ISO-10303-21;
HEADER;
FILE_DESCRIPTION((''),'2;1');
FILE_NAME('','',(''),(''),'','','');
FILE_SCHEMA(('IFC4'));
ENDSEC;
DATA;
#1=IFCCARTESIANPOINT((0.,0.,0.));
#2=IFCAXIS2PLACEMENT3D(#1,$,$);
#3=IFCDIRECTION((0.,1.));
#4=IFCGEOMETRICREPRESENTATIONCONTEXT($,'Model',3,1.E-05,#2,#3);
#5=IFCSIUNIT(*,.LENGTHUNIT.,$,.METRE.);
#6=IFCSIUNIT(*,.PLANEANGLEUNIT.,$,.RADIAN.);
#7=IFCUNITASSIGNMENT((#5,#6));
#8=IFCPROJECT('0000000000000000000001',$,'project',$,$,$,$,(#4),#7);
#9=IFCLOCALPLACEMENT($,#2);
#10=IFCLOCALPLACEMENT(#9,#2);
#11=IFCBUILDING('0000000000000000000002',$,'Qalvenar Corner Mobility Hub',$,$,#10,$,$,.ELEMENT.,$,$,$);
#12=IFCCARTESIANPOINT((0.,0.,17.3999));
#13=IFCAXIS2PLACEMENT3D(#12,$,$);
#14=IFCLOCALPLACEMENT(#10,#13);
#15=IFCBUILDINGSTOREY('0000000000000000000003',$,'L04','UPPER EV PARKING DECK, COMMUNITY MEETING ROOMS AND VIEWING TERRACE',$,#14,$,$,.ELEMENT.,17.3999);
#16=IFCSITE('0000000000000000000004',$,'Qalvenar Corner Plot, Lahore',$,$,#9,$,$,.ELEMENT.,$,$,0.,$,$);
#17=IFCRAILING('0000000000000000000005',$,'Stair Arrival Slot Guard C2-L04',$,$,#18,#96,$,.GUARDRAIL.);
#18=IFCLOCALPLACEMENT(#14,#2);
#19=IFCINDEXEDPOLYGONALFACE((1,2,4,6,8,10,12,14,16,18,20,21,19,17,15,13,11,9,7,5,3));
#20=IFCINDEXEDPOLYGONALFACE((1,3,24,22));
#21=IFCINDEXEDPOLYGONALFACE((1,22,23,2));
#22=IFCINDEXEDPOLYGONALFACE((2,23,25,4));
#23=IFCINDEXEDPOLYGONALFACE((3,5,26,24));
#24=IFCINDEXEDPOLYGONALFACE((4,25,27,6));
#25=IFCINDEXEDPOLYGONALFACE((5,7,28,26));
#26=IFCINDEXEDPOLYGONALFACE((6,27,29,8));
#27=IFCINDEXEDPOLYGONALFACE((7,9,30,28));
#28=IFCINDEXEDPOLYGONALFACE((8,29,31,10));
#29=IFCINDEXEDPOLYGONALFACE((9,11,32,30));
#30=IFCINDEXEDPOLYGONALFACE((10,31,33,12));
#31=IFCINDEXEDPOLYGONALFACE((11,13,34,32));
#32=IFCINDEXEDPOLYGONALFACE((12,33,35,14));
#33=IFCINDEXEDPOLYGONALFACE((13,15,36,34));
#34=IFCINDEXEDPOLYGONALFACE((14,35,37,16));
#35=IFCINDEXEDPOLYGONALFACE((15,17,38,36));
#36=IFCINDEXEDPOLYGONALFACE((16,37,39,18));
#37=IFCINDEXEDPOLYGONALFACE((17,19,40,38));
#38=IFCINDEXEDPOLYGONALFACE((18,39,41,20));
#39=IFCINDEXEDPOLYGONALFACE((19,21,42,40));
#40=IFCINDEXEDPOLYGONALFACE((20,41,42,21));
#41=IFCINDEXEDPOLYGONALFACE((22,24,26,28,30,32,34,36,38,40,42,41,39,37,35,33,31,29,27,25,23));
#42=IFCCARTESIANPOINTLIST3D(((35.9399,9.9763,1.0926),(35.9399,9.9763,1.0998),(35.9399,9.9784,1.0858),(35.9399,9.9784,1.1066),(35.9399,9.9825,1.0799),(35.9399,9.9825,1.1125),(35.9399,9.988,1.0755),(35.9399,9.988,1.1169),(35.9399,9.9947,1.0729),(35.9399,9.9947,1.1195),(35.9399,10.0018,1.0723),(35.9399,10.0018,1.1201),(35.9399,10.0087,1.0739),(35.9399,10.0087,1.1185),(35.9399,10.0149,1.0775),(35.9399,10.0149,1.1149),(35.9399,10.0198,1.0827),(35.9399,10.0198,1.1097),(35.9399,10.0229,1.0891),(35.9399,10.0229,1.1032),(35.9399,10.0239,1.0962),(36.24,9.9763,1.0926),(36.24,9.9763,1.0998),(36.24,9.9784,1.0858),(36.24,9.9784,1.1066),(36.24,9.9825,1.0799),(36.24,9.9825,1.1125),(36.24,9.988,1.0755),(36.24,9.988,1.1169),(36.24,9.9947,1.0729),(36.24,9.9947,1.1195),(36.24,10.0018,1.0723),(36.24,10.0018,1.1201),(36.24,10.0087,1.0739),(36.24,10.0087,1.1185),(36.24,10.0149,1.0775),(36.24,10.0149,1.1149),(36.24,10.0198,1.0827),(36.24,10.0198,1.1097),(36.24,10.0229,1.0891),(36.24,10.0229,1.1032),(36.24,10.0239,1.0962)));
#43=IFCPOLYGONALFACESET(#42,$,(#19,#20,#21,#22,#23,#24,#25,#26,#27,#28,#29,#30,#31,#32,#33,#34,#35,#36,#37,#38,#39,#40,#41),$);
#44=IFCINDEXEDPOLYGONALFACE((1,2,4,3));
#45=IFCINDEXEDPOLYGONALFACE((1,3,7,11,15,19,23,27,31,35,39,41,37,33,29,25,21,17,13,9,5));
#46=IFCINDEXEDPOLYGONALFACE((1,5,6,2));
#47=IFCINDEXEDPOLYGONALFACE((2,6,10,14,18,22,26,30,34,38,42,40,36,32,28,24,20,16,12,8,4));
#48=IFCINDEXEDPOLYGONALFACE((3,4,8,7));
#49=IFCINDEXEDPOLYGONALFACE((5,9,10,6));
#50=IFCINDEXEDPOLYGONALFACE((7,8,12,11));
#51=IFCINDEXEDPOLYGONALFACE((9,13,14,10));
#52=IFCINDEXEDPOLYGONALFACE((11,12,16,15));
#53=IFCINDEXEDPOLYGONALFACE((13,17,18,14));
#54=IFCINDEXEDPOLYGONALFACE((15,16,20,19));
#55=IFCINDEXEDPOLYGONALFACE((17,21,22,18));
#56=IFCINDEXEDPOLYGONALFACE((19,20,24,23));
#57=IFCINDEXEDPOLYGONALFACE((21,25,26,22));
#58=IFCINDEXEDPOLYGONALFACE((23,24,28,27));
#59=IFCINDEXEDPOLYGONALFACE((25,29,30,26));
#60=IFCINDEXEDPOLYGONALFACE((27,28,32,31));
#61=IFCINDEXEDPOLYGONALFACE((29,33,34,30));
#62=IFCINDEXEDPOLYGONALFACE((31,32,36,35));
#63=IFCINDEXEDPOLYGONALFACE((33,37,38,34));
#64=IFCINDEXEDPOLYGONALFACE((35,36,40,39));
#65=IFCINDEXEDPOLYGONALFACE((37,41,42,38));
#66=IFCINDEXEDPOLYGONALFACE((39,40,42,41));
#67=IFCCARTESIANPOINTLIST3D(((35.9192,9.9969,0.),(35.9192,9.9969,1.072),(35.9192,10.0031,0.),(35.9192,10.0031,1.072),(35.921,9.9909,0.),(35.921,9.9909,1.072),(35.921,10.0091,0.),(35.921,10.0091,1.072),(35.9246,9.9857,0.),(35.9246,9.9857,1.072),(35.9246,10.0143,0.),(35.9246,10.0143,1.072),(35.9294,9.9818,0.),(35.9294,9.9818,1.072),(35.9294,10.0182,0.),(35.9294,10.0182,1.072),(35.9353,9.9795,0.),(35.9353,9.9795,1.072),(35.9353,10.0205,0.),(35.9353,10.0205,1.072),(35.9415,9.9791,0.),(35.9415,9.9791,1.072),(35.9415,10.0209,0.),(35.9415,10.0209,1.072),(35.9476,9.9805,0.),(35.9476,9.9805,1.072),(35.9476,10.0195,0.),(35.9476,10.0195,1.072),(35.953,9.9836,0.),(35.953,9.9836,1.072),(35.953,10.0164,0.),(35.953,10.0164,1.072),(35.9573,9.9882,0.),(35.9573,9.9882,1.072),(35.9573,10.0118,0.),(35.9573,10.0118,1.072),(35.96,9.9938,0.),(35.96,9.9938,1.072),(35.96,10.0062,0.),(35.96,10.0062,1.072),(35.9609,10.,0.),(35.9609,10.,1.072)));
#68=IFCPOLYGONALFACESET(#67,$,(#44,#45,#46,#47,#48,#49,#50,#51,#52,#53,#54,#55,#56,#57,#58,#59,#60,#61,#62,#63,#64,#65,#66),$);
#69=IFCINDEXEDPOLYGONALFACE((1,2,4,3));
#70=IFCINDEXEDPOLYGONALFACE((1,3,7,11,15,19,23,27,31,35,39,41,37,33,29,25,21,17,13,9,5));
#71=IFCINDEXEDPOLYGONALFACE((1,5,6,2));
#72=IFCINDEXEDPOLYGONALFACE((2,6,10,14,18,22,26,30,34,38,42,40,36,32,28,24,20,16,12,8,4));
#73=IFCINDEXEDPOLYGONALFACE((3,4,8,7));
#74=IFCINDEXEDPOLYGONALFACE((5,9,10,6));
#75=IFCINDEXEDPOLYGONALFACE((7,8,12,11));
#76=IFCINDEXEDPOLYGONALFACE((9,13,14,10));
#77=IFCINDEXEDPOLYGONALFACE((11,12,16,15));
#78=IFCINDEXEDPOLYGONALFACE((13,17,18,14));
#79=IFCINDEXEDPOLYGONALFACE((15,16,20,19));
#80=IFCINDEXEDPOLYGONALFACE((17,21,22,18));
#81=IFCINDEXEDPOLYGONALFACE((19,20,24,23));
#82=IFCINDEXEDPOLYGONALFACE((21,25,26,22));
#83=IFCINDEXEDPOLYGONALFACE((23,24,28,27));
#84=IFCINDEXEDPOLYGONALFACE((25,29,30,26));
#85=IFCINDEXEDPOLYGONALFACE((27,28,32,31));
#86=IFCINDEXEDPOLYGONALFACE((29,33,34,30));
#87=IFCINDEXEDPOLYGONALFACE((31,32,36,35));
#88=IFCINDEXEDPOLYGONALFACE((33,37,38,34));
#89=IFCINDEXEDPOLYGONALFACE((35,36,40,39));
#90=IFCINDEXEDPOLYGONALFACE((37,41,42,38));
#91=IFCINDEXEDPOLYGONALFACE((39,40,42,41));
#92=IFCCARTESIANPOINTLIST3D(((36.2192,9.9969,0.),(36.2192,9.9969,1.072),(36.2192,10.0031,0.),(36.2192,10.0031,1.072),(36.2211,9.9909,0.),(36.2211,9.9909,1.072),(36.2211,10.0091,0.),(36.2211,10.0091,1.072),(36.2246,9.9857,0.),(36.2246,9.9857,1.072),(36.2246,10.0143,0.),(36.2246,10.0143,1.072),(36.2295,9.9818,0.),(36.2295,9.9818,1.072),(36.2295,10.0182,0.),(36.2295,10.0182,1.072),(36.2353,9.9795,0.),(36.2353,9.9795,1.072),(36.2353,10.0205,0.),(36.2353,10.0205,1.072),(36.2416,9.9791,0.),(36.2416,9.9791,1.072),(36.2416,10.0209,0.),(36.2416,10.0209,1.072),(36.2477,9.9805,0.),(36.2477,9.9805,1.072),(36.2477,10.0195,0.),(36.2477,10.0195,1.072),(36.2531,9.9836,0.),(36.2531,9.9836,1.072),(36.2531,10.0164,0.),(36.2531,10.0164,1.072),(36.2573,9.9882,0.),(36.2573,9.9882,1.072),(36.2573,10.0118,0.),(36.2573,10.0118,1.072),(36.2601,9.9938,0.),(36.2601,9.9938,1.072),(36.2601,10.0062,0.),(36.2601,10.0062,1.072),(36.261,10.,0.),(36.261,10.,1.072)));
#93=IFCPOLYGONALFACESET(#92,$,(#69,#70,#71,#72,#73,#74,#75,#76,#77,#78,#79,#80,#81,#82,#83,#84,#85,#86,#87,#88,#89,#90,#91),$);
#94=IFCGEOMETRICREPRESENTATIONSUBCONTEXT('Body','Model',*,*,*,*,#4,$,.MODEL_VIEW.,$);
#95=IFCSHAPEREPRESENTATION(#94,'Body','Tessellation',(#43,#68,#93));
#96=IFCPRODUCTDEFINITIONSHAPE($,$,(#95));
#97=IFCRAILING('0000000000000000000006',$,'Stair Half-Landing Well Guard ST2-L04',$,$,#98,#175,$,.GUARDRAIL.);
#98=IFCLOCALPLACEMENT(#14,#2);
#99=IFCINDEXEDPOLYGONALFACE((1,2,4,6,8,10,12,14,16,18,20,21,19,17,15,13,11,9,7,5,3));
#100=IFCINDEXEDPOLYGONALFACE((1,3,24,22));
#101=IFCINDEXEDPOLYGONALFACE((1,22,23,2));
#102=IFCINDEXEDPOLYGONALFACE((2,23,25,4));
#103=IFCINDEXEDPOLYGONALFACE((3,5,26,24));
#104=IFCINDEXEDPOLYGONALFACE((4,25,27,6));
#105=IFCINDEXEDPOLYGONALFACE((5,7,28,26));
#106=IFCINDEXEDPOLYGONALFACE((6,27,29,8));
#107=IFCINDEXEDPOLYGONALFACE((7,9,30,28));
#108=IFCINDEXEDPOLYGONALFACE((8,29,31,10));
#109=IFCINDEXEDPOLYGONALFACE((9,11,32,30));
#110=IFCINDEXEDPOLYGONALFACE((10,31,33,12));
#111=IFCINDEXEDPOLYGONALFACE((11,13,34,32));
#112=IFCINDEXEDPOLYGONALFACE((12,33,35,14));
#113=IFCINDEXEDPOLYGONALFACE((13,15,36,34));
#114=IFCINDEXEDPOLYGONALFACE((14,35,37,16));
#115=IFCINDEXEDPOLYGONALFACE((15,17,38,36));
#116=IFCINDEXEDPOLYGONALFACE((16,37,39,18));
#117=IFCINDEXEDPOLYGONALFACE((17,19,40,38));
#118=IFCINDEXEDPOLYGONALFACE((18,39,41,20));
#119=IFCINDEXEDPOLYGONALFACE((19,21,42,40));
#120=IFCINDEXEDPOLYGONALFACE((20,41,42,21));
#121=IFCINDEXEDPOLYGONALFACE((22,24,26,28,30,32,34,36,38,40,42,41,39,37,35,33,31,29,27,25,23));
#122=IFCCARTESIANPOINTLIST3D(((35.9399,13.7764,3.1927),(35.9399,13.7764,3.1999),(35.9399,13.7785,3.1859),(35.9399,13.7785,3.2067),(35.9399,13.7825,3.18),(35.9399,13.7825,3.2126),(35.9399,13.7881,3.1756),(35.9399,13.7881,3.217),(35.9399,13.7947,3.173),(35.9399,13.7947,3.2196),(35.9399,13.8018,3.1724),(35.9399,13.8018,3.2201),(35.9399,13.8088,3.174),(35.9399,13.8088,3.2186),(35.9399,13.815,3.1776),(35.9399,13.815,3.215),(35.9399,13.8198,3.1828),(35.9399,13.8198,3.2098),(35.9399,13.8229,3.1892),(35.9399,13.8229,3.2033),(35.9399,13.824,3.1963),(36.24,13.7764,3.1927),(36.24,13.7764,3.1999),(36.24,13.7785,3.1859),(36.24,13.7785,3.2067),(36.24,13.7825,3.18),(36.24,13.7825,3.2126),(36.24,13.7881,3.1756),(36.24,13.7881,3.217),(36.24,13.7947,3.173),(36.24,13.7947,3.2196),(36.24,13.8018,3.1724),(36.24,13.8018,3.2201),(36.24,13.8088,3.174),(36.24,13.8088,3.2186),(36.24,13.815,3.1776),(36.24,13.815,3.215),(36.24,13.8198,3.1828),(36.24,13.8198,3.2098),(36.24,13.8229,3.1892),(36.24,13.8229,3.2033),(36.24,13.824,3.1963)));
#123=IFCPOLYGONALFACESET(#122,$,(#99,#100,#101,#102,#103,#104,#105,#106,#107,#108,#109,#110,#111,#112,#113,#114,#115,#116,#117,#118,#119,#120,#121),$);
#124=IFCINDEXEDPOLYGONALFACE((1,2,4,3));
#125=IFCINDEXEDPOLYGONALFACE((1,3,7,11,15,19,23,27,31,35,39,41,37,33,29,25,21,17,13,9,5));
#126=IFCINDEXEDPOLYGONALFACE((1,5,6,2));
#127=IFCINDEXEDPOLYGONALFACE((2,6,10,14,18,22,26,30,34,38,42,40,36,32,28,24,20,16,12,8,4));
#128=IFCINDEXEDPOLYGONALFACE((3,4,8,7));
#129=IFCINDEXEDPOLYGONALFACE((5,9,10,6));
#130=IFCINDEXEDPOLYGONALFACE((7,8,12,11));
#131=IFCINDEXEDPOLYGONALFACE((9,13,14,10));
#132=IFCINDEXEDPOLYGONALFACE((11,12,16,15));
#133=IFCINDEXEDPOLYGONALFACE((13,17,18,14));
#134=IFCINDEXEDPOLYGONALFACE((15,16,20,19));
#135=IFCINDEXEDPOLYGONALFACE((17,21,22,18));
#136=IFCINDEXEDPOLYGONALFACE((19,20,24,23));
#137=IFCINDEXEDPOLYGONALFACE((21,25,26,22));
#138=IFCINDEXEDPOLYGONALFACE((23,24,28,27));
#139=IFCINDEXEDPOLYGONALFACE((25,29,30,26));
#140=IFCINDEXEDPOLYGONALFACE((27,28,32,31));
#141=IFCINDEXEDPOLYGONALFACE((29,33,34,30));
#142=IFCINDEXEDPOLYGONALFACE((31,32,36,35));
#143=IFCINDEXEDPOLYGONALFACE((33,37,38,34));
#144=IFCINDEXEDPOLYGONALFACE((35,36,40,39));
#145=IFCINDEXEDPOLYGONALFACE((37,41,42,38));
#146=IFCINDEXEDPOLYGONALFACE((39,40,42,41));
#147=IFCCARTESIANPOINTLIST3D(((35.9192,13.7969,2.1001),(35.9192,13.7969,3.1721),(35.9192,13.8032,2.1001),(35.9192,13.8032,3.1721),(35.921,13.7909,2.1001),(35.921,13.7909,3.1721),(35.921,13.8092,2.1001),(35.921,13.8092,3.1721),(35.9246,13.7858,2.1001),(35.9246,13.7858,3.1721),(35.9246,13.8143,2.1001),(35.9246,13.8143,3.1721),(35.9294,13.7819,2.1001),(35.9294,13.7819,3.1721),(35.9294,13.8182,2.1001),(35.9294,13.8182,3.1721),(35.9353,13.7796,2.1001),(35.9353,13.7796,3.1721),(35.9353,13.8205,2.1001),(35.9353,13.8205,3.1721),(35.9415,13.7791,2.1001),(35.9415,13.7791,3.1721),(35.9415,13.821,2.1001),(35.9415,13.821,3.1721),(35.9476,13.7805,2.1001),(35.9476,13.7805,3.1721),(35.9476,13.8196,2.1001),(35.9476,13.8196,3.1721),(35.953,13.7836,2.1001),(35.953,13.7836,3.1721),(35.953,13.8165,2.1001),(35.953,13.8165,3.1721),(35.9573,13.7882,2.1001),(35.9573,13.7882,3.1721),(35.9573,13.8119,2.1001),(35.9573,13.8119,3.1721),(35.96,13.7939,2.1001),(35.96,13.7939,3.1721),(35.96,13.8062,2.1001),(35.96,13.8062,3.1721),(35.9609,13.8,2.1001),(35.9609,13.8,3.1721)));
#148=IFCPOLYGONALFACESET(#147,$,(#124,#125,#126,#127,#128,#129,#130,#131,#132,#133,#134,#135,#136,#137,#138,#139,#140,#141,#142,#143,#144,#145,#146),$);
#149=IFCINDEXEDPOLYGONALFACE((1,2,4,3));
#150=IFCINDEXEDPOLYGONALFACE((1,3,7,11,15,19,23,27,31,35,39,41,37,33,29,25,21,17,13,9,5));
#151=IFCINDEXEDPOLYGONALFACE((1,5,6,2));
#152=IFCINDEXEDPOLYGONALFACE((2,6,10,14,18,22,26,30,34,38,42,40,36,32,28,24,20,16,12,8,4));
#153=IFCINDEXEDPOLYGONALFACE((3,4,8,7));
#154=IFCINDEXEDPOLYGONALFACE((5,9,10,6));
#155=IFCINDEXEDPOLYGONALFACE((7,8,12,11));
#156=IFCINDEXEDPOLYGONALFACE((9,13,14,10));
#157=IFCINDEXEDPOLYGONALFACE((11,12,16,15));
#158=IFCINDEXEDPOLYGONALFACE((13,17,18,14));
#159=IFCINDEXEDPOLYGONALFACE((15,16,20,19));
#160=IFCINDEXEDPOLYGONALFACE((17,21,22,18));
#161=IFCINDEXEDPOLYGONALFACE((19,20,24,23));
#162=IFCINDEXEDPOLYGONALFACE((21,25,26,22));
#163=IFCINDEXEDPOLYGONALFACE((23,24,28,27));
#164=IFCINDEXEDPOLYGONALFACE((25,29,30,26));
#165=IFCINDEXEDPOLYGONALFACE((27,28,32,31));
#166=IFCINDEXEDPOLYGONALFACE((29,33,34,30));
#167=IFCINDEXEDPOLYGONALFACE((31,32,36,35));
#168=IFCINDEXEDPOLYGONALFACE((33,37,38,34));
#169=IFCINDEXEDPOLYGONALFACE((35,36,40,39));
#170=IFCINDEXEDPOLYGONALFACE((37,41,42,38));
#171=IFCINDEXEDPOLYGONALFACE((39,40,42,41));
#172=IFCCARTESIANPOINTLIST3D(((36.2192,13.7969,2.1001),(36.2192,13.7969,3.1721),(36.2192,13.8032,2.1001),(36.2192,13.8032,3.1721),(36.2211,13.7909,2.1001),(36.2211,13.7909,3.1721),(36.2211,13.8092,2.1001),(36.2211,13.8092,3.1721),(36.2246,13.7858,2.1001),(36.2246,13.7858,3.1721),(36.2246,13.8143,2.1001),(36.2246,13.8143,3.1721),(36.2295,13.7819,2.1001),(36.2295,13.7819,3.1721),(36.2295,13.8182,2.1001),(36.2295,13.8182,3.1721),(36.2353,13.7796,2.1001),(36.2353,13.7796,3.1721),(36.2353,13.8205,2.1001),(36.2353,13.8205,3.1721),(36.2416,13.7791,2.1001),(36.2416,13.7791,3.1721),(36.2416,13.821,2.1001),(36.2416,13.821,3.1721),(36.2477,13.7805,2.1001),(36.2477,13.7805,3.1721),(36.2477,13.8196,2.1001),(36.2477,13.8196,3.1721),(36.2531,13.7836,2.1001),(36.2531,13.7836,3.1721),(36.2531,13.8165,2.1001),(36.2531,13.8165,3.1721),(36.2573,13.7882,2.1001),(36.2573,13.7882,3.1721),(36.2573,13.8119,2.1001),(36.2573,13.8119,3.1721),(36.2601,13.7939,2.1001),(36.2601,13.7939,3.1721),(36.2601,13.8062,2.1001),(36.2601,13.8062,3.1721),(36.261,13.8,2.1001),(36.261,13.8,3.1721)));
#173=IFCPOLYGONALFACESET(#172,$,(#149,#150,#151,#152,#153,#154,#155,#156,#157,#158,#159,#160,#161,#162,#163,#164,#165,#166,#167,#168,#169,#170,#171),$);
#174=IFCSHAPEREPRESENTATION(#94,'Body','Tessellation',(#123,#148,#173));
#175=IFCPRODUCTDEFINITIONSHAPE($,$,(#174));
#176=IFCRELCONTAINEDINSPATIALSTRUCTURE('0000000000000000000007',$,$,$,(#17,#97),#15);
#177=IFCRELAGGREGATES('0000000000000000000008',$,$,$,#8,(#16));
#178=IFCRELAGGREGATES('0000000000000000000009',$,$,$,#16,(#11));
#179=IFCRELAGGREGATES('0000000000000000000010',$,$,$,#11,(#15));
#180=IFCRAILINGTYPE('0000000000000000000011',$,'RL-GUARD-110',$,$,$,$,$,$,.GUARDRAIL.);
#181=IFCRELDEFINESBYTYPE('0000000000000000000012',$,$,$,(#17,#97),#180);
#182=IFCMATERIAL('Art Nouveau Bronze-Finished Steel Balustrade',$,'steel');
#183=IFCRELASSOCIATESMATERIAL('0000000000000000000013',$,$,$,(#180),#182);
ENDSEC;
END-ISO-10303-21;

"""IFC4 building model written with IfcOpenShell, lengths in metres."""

from ifc_helpers import new_model, si_unit, direction, frame, origin, origin_2d, place, context, subcontext, project, spatial, circle, extrude, material, type_object, element, save


model = new_model("IFC4")

# Units and contexts
model_context = context("Model", 3, precision=1e-05, world=origin(), true_north=direction((0.0, 1.0)))
body_context = subcontext(model_context, "Body", "Model", "MODEL_VIEW")
ifc_project = project(units=[si_unit("LENGTHUNIT", "METRE"), si_unit("PLANEANGLEUNIT", "RADIAN")], contexts=[model_context])

# Site, building, storey
site_placement = place(None, origin())
site = spatial("IfcSite", under=ifc_project, at=site_placement, Name="Qalvenar Corner Plot, Lahore", CompositionType="ELEMENT", RefElevation=0.0)
building_placement = place(site_placement, origin())
building = spatial("IfcBuilding", under=site, at=building_placement, Name="Qalvenar Corner Mobility Hub", CompositionType="ELEMENT")
storey_placement = place(building_placement, frame((0.0, 0.0, 17.3999)))
storey = spatial("IfcBuildingStorey", under=building, at=storey_placement, Name="L04", Description="UPPER EV PARKING DECK, COMMUNITY MEETING ROOMS AND VIEWING TERRACE", CompositionType="ELEMENT", Elevation=17.3999)

# Railings
ifc_material_1 = material(Name="Art Nouveau Bronze-Finished Steel Balustrade", Category="steel")
railing_type_1 = type_object("IfcRailingType", Name="RL-GUARD-110", PredefinedType="GUARDRAIL", material=ifc_material_1)
for number, where, name in (
    (1, (35.9399, 10.0, 0.0), "Stair Arrival Slot Guard C2-L04"),
    (2, (35.9399, 13.8, 2.1001), "Stair Half-Landing Well Guard ST2-L04"),
):
    element("IfcRailing", number, at=place(storey_placement, frame(where)), inside=storey, type_object=railing_type_1, Name=name, PredefinedType="GUARDRAIL", context=body_context, shape_type="SweptSolid", body=[
        extrude(circle(Radius=0.0239, at=origin_2d()), frame((0.0, 0.0, 1.0962), z_axis=(1.0, 0.0, 0.0), x_axis=(0.0, 1.0, 0.0)), (0.0, 0.0, 1.0), 0.3),
        extrude(circle(Radius=0.021, at=origin_2d()), origin(), (0.0, 0.0, 1.0), 1.072),
        extrude(circle(Radius=0.021, at=origin_2d()), frame((0.3, 0.0, 0.0)), (0.0, 0.0, 1.0), 1.072),
    ])

save(model, "model.ifc")
